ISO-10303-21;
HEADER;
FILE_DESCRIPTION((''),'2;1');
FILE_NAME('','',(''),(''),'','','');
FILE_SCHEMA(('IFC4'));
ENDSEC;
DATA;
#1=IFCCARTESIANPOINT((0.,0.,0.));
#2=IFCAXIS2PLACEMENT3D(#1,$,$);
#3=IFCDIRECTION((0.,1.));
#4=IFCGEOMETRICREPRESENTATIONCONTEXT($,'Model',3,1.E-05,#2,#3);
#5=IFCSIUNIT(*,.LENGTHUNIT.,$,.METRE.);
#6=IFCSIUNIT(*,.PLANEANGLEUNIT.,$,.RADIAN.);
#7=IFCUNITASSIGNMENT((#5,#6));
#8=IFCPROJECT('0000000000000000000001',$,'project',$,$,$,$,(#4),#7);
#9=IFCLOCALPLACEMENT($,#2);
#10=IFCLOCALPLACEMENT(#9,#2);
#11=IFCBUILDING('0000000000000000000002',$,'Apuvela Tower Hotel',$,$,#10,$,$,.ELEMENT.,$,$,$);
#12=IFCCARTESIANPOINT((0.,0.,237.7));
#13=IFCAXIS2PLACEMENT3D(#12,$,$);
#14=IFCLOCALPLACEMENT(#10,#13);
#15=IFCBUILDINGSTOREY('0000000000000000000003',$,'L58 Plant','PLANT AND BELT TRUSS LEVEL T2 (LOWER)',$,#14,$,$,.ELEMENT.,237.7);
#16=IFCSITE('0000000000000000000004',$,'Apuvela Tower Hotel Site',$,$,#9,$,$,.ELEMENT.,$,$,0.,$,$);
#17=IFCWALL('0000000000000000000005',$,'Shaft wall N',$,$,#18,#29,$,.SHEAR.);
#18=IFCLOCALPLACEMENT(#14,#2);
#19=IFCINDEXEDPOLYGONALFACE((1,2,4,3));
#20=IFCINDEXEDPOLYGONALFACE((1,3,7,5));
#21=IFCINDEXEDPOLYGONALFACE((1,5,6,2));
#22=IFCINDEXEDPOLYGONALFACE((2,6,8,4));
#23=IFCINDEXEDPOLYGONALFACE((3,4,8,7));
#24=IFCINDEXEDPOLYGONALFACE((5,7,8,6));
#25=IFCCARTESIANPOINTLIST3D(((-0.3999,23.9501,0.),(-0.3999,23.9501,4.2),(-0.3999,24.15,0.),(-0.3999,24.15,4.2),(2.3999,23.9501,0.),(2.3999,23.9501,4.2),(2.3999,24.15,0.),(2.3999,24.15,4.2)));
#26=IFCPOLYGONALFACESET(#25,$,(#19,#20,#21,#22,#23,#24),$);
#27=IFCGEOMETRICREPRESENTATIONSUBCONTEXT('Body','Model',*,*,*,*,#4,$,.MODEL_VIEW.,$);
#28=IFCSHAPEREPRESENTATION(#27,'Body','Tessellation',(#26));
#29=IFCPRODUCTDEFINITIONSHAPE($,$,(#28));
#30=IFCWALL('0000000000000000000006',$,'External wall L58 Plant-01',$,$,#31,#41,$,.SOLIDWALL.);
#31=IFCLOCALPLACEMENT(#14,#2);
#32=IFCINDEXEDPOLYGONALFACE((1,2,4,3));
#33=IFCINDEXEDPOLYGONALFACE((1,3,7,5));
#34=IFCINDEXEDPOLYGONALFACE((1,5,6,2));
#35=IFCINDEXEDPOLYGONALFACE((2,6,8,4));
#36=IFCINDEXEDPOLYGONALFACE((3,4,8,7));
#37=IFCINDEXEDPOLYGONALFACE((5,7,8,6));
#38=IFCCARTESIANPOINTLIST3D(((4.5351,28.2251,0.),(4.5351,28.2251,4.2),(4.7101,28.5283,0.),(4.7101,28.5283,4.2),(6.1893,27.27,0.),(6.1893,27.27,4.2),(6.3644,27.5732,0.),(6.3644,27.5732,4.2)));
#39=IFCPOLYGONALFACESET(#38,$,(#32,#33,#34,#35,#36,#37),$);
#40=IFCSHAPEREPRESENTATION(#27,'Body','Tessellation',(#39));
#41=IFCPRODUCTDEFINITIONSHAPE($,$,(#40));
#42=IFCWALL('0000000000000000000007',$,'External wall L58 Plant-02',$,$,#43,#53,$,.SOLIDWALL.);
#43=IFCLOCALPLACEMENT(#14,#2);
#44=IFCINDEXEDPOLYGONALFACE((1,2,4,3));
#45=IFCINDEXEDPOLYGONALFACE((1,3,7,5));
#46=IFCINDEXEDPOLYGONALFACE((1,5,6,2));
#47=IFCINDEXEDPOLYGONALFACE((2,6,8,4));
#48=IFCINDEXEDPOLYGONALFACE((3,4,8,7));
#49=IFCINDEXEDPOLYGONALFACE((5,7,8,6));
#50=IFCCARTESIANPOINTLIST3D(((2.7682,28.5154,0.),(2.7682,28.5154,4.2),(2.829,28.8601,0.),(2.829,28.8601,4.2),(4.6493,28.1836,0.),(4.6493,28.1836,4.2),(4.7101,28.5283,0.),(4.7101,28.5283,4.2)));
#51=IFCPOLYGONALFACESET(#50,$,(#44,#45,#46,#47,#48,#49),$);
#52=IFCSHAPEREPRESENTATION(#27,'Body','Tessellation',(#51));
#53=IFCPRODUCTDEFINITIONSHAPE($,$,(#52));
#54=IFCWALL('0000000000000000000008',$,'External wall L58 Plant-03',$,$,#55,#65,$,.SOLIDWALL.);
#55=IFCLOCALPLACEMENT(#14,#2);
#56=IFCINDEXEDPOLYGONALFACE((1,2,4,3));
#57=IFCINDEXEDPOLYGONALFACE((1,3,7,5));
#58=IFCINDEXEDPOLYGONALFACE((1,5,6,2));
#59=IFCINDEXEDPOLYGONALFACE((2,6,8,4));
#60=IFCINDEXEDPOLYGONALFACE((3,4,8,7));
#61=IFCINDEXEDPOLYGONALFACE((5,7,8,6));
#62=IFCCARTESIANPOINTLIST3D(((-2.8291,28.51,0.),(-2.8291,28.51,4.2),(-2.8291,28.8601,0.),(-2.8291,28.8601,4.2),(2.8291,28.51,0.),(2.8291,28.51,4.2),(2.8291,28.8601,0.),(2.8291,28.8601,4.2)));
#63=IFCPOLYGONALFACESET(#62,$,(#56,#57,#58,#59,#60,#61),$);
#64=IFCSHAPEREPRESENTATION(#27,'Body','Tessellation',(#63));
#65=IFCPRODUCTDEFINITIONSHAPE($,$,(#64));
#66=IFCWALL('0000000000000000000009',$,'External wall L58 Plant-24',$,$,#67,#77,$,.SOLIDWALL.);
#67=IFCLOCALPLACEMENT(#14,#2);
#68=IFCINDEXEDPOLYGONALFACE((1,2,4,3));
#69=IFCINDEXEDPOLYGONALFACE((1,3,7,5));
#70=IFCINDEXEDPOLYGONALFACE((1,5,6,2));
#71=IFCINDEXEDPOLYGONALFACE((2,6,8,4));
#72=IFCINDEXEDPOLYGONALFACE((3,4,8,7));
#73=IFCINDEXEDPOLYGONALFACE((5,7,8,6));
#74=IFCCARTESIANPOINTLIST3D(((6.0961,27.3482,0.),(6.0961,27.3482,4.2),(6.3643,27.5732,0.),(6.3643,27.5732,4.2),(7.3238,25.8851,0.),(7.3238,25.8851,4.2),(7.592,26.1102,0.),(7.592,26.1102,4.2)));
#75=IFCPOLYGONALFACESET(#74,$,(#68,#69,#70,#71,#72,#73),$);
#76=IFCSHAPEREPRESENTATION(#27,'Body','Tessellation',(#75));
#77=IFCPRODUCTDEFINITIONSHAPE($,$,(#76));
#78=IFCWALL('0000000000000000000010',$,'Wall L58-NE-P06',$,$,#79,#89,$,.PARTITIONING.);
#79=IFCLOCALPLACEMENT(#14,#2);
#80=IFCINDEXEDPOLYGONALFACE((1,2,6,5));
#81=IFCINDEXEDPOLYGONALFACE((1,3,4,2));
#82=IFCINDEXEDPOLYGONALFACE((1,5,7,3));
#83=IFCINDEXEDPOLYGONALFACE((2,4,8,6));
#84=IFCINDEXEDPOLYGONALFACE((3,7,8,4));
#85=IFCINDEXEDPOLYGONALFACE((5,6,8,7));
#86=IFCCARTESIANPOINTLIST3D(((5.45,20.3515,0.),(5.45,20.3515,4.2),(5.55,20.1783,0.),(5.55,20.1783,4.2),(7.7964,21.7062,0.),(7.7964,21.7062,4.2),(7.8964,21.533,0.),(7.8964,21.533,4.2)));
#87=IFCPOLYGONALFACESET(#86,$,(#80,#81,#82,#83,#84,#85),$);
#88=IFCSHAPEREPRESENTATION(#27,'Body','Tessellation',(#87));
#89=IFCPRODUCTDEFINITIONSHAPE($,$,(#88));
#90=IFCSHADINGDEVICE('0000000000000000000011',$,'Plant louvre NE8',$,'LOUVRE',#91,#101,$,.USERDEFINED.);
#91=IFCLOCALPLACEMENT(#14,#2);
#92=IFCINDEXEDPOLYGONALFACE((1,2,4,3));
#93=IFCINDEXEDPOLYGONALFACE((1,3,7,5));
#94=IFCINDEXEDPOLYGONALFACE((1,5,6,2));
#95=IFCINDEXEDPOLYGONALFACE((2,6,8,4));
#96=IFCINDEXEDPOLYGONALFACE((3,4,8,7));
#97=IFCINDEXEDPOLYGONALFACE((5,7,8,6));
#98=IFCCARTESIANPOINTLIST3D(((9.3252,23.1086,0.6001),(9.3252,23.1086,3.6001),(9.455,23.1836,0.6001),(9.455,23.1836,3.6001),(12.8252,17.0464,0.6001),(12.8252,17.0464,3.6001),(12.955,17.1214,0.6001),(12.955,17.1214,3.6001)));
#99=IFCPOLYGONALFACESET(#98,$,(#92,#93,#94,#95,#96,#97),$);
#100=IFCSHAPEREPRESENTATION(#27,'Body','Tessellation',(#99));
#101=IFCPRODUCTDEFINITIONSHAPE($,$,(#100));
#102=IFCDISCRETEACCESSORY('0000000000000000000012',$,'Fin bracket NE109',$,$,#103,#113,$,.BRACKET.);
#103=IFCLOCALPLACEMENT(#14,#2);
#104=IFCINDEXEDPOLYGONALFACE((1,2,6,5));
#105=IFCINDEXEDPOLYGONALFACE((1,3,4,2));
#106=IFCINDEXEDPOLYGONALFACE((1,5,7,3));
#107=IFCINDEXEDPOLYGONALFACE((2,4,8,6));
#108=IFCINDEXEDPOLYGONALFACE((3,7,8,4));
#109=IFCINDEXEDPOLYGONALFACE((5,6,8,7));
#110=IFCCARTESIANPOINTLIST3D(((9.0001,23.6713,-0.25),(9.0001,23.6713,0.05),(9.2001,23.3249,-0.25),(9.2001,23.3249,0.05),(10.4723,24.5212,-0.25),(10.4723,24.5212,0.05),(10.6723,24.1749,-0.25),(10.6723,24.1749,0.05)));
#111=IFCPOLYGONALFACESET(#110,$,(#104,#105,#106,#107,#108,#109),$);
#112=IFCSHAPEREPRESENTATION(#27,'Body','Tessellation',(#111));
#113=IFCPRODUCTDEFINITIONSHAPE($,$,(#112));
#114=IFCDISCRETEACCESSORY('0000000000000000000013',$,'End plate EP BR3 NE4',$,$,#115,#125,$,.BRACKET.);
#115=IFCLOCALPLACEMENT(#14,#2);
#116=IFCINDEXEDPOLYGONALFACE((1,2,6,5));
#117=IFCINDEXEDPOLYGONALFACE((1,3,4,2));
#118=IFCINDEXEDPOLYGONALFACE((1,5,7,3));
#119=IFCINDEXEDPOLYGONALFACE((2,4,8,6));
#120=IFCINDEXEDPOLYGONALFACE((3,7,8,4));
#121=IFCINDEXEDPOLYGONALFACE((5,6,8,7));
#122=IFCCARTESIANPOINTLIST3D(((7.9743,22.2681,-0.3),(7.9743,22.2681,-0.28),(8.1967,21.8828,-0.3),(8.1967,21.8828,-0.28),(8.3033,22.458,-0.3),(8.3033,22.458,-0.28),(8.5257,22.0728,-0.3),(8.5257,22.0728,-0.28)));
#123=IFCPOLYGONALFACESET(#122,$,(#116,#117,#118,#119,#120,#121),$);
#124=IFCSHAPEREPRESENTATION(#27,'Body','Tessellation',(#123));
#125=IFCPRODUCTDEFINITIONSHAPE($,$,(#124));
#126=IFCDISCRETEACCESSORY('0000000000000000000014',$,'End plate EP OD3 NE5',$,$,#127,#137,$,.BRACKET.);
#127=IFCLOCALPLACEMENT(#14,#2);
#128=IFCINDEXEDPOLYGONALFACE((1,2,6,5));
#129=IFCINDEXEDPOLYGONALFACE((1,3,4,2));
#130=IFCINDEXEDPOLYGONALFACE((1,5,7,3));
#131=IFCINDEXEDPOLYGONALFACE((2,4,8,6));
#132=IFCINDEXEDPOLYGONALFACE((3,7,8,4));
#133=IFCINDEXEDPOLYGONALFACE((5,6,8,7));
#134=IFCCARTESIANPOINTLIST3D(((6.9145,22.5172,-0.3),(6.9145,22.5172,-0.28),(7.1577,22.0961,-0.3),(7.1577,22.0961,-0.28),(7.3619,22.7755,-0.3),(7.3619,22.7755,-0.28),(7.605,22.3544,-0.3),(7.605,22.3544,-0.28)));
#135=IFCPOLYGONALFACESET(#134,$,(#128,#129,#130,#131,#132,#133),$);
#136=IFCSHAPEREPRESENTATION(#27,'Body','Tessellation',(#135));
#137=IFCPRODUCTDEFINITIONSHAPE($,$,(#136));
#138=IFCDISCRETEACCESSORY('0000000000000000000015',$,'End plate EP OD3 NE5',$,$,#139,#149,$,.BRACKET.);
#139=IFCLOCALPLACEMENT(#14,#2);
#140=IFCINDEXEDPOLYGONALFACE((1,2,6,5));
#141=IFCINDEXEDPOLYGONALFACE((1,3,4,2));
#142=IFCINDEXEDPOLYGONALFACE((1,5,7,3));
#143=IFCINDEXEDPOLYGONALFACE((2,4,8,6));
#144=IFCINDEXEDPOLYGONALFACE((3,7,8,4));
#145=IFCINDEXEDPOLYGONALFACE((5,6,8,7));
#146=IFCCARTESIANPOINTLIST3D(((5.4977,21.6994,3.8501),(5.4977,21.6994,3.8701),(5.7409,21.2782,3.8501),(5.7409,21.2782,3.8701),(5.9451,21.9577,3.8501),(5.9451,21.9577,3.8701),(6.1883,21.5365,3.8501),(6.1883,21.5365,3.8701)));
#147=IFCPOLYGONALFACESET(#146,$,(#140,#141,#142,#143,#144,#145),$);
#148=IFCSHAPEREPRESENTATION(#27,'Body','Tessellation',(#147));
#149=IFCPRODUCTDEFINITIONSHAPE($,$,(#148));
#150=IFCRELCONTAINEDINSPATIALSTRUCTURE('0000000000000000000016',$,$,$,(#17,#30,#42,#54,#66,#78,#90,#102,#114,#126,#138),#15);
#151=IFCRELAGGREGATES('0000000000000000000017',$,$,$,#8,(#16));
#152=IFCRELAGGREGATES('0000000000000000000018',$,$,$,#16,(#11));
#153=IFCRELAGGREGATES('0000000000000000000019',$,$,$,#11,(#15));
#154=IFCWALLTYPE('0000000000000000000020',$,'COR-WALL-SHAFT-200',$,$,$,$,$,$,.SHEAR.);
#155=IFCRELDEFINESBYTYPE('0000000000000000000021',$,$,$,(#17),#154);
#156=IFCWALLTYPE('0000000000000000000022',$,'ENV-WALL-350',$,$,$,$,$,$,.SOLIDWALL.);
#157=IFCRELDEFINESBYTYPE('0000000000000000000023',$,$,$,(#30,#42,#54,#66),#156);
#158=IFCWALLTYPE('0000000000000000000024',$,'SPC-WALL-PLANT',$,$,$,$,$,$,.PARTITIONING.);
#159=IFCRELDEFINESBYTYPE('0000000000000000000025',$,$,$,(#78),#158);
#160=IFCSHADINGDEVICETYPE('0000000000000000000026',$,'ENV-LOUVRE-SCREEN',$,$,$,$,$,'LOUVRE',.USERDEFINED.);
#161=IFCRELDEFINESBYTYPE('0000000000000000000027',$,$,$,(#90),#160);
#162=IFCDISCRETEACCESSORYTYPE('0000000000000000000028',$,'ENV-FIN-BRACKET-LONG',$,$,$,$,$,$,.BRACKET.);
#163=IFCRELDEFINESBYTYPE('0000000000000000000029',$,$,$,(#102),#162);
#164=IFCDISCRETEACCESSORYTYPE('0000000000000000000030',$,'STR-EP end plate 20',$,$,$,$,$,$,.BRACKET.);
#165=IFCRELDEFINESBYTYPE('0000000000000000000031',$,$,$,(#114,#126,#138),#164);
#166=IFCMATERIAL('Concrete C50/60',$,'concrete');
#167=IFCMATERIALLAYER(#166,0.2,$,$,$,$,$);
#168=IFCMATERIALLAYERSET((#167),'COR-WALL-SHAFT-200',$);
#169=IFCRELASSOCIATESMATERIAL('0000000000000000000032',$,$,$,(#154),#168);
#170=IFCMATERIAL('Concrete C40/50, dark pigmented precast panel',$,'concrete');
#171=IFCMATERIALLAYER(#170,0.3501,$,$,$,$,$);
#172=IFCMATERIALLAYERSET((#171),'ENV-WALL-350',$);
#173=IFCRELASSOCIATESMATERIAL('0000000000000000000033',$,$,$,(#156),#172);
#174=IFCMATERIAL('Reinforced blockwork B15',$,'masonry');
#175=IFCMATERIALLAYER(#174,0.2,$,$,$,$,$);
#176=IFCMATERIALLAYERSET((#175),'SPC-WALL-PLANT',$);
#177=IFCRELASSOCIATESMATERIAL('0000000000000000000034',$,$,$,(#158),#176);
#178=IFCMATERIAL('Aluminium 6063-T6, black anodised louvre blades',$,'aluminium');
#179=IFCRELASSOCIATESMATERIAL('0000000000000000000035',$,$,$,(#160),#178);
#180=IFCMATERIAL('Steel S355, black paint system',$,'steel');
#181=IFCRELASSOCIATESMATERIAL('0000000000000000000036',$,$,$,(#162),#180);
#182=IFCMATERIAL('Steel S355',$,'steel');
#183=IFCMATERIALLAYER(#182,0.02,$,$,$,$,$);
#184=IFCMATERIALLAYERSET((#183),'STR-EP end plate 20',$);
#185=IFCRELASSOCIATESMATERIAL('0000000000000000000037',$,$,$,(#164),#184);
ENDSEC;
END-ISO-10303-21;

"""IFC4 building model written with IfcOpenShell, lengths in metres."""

from ifc_helpers import new_model, si_unit, direction, frame, frame_2d, origin, origin_2d, place, context, subcontext, project, spatial, rectangle, extrude, material, layer, layer_set, type_object, element, save


model = new_model("IFC4")

# Units and contexts
model_context = context("Model", 3, precision=1e-05, world=origin(), true_north=direction((0.0, 1.0)))
body_context = subcontext(model_context, "Body", "Model", "MODEL_VIEW")
ifc_project = project(units=[si_unit("LENGTHUNIT", "METRE"), si_unit("PLANEANGLEUNIT", "RADIAN")], contexts=[model_context])

# Site, building, storey
site_placement = place(None, origin())
site = spatial("IfcSite", under=ifc_project, at=site_placement, Name="Apuvela Tower Hotel Site", CompositionType="ELEMENT", RefElevation=0.0)
building_placement = place(site_placement, origin())
building = spatial("IfcBuilding", under=site, at=building_placement, Name="Apuvela Tower Hotel", CompositionType="ELEMENT")
storey_placement = place(building_placement, frame((0.0, 0.0, 237.7)))
storey = spatial("IfcBuildingStorey", under=building, at=storey_placement, Name="L58 Plant", Description="PLANT AND BELT TRUSS LEVEL T2 (LOWER)", CompositionType="ELEMENT", Elevation=237.7)

# Shared definitions
ifc_material_1 = material(Name="Steel S355", Category="steel")

# Walls
ifc_material_2 = material(Name="Concrete C50/60", Category="concrete")
ifc_layer_1 = layer(ifc_material_2, 0.2)
ifc_layer_set_1 = layer_set([ifc_layer_1], Name="COR-WALL-SHAFT-200")
wall_type_1 = type_object("IfcWallType", Name="COR-WALL-SHAFT-200", PredefinedType="SHEAR", material=ifc_layer_set_1)
wall_1_placement = place(storey_placement, frame((2.3999, 24.05, 0.0), z_axis=(0.0, 0.0, 1.0), x_axis=(-1.0, 0.0, 0.0)))
element("IfcWall", 1, at=wall_1_placement, inside=storey, type_object=wall_type_1, Name="Shaft wall N", PredefinedType="SHEAR", context=body_context, shape_type="SweptSolid", body=[
    extrude(rectangle(XDim=2.7998, YDim=0.2, at=frame_2d((1.3999, 0.0))), origin(), (0.0, 0.0, 1.0), 4.2),
])
ifc_material_3 = material(Name="Concrete C40/50, dark pigmented precast panel", Category="concrete")
ifc_layer_2 = layer(ifc_material_3, 0.3501)
ifc_layer_set_2 = layer_set([ifc_layer_2], Name="ENV-WALL-350")
wall_type_2 = type_object("IfcWallType", Name="ENV-WALL-350", PredefinedType="SOLIDWALL", material=ifc_layer_set_2)
for number, where, z_axis, x_axis, name in (
    (2, (6.2769, 27.4216, 0.0), (0.0, 0.0, 1.0), (-0.866032, 0.499988, 0.0), "External wall L58 Plant-01"),
    (3, (4.6797, 28.356, 0.0), (0.0, 0.0, 1.0), (-0.984799, 0.173698, 0.0), "External wall L58 Plant-02"),
):
    element("IfcWall", number, at=place(storey_placement, frame(where, z_axis=z_axis, x_axis=x_axis)), inside=storey, type_object=wall_type_2, Name=name, PredefinedType="SOLIDWALL", context=body_context, shape_type="SweptSolid", body=[
        extrude(rectangle(XDim=1.9102, YDim=0.3501, at=frame_2d((0.9551, 0.0))), origin(), (0.0, 0.0, 1.0), 4.2),
    ])
wall_2_placement = place(storey_placement, frame((2.8291, 28.6851, 0.0), z_axis=(0.0, 0.0, 1.0), x_axis=(-1.0, 0.0, 0.0)))
element("IfcWall", 4, at=wall_2_placement, inside=storey, type_object=wall_type_2, Name="External wall L58 Plant-03", PredefinedType="SOLIDWALL", context=body_context, shape_type="SweptSolid", body=[
    extrude(rectangle(XDim=5.6582, YDim=0.3501, at=frame_2d((2.8291, 0.0))), origin(), (0.0, 0.0, 1.0), 4.2),
])
wall_3_placement = place(storey_placement, frame((7.458, 25.9976, 0.0), z_axis=(0.0, 0.0, 1.0), x_axis=(-0.642808, 0.766027, 0.0)))
element("IfcWall", 5, at=wall_3_placement, inside=storey, type_object=wall_type_2, Name="External wall L58 Plant-24", PredefinedType="SOLIDWALL", context=body_context, shape_type="SweptSolid", body=[
    extrude(rectangle(XDim=1.9099, YDim=0.3501, at=frame_2d((0.9551, 0.0))), origin(), (0.0, 0.0, 1.0), 4.2),
])
ifc_material_4 = material(Name="Reinforced blockwork B15", Category="masonry")
ifc_layer_3 = layer(ifc_material_4, 0.2)
ifc_layer_set_3 = layer_set([ifc_layer_3], Name="SPC-WALL-PLANT")
wall_type_3 = type_object("IfcWallType", Name="SPC-WALL-PLANT", PredefinedType="PARTITIONING", material=ifc_layer_set_3)
wall_4_placement = place(storey_placement, frame((7.8464, 21.6196, 0.0), z_axis=(0.0, 0.0, 1.0), x_axis=(-0.866022, -0.500006, 0.0)))
element("IfcWall", 6, at=wall_4_placement, inside=storey, type_object=wall_type_3, Name="Wall L58-NE-P06", PredefinedType="PARTITIONING", context=body_context, shape_type="SweptSolid", body=[
    extrude(rectangle(XDim=2.7095, YDim=0.2, at=frame_2d((1.3547, 0.0))), origin(), (0.0, 0.0, 1.0), 4.2),
])

# Shading device
ifc_material_5 = material(Name="Aluminium 6063-T6, black anodised louvre blades", Category="aluminium")
shading_device_type = type_object("IfcShadingDeviceType", Name="ENV-LOUVRE-SCREEN", ElementType="LOUVRE", PredefinedType="USERDEFINED", material=ifc_material_5)
shading_device_placement = place(storey_placement, frame((11.1401, 20.115, 0.6001), z_axis=(0.0, 0.0, 1.0), x_axis=(-0.5, 0.866025, 0.0)))
element("IfcShadingDevice", 7, at=shading_device_placement, inside=storey, type_object=shading_device_type, Name="Plant louvre NE8", ObjectType="LOUVRE", PredefinedType="USERDEFINED", context=body_context, shape_type="SweptSolid", body=[
    extrude(rectangle(XDim=7.0, YDim=0.1499, at=origin_2d()), origin(), (0.0, 0.0, 1.0), 3.0),
])

# Discrete accessories
ifc_material_6 = material(Name="Steel S355, black paint system", Category="steel")
discrete_accessory_type_1 = type_object("IfcDiscreteAccessoryType", Name="ENV-FIN-BRACKET-LONG", PredefinedType="BRACKET", material=ifc_material_6)
discrete_accessory_1_placement = place(storey_placement, frame((9.8362, 23.9231, -0.25), z_axis=(0.0, 0.0, 1.0), x_axis=(-0.5, 0.866025, 0.0)))
element("IfcDiscreteAccessory", 8, at=discrete_accessory_1_placement, inside=storey, type_object=discrete_accessory_type_1, Name="Fin bracket NE109", PredefinedType="BRACKET", context=body_context, shape_type="SweptSolid", body=[
    extrude(rectangle(XDim=0.3999, YDim=1.7, at=origin_2d()), origin(), (0.0, 0.0, 1.0), 0.3),
])
ifc_layer_4 = layer(ifc_material_1, 0.02)
ifc_layer_set_4 = layer_set([ifc_layer_4], Name="STR-EP end plate 20")
discrete_accessory_type_2 = type_object("IfcDiscreteAccessoryType", Name="STR-EP end plate 20", PredefinedType="BRACKET", material=ifc_layer_set_4)
discrete_accessory_2_placement = place(storey_placement, frame((8.25, 22.1704, -0.3), z_axis=(0.0, 0.0, 1.0), x_axis=(0.5, -0.866025, 0.0)))
element("IfcDiscreteAccessory", 9, at=discrete_accessory_2_placement, inside=storey, type_object=discrete_accessory_type_2, Name="End plate EP BR3 NE4", PredefinedType="BRACKET", context=body_context, shape_type="SweptSolid", body=[
    extrude(rectangle(XDim=0.4448, YDim=0.3799, at=origin_2d()), origin(), (0.0, 0.0, 1.0), 0.02),
])
for number, where, z_axis, x_axis, name in (
    (10, (7.2598, 22.4358, -0.3), (0.0, 0.0, 1.0), (-0.866025, -0.5, 0.0), "End plate EP OD3 NE5"),
    (11, (5.843, 21.6179, 3.8501), (0.0, 0.0, 1.0), (-0.866025, -0.5, 0.0), "End plate EP OD3 NE5"),
):
    element("IfcDiscreteAccessory", number, at=place(storey_placement, frame(where, z_axis=z_axis, x_axis=x_axis)), inside=storey, type_object=discrete_accessory_type_2, Name=name, PredefinedType="BRACKET", context=body_context, shape_type="SweptSolid", body=[
        extrude(rectangle(XDim=0.5166, YDim=0.4863, at=origin_2d()), origin(), (0.0, 0.0, 1.0), 0.02),
    ])

save(model, "model.ifc")
